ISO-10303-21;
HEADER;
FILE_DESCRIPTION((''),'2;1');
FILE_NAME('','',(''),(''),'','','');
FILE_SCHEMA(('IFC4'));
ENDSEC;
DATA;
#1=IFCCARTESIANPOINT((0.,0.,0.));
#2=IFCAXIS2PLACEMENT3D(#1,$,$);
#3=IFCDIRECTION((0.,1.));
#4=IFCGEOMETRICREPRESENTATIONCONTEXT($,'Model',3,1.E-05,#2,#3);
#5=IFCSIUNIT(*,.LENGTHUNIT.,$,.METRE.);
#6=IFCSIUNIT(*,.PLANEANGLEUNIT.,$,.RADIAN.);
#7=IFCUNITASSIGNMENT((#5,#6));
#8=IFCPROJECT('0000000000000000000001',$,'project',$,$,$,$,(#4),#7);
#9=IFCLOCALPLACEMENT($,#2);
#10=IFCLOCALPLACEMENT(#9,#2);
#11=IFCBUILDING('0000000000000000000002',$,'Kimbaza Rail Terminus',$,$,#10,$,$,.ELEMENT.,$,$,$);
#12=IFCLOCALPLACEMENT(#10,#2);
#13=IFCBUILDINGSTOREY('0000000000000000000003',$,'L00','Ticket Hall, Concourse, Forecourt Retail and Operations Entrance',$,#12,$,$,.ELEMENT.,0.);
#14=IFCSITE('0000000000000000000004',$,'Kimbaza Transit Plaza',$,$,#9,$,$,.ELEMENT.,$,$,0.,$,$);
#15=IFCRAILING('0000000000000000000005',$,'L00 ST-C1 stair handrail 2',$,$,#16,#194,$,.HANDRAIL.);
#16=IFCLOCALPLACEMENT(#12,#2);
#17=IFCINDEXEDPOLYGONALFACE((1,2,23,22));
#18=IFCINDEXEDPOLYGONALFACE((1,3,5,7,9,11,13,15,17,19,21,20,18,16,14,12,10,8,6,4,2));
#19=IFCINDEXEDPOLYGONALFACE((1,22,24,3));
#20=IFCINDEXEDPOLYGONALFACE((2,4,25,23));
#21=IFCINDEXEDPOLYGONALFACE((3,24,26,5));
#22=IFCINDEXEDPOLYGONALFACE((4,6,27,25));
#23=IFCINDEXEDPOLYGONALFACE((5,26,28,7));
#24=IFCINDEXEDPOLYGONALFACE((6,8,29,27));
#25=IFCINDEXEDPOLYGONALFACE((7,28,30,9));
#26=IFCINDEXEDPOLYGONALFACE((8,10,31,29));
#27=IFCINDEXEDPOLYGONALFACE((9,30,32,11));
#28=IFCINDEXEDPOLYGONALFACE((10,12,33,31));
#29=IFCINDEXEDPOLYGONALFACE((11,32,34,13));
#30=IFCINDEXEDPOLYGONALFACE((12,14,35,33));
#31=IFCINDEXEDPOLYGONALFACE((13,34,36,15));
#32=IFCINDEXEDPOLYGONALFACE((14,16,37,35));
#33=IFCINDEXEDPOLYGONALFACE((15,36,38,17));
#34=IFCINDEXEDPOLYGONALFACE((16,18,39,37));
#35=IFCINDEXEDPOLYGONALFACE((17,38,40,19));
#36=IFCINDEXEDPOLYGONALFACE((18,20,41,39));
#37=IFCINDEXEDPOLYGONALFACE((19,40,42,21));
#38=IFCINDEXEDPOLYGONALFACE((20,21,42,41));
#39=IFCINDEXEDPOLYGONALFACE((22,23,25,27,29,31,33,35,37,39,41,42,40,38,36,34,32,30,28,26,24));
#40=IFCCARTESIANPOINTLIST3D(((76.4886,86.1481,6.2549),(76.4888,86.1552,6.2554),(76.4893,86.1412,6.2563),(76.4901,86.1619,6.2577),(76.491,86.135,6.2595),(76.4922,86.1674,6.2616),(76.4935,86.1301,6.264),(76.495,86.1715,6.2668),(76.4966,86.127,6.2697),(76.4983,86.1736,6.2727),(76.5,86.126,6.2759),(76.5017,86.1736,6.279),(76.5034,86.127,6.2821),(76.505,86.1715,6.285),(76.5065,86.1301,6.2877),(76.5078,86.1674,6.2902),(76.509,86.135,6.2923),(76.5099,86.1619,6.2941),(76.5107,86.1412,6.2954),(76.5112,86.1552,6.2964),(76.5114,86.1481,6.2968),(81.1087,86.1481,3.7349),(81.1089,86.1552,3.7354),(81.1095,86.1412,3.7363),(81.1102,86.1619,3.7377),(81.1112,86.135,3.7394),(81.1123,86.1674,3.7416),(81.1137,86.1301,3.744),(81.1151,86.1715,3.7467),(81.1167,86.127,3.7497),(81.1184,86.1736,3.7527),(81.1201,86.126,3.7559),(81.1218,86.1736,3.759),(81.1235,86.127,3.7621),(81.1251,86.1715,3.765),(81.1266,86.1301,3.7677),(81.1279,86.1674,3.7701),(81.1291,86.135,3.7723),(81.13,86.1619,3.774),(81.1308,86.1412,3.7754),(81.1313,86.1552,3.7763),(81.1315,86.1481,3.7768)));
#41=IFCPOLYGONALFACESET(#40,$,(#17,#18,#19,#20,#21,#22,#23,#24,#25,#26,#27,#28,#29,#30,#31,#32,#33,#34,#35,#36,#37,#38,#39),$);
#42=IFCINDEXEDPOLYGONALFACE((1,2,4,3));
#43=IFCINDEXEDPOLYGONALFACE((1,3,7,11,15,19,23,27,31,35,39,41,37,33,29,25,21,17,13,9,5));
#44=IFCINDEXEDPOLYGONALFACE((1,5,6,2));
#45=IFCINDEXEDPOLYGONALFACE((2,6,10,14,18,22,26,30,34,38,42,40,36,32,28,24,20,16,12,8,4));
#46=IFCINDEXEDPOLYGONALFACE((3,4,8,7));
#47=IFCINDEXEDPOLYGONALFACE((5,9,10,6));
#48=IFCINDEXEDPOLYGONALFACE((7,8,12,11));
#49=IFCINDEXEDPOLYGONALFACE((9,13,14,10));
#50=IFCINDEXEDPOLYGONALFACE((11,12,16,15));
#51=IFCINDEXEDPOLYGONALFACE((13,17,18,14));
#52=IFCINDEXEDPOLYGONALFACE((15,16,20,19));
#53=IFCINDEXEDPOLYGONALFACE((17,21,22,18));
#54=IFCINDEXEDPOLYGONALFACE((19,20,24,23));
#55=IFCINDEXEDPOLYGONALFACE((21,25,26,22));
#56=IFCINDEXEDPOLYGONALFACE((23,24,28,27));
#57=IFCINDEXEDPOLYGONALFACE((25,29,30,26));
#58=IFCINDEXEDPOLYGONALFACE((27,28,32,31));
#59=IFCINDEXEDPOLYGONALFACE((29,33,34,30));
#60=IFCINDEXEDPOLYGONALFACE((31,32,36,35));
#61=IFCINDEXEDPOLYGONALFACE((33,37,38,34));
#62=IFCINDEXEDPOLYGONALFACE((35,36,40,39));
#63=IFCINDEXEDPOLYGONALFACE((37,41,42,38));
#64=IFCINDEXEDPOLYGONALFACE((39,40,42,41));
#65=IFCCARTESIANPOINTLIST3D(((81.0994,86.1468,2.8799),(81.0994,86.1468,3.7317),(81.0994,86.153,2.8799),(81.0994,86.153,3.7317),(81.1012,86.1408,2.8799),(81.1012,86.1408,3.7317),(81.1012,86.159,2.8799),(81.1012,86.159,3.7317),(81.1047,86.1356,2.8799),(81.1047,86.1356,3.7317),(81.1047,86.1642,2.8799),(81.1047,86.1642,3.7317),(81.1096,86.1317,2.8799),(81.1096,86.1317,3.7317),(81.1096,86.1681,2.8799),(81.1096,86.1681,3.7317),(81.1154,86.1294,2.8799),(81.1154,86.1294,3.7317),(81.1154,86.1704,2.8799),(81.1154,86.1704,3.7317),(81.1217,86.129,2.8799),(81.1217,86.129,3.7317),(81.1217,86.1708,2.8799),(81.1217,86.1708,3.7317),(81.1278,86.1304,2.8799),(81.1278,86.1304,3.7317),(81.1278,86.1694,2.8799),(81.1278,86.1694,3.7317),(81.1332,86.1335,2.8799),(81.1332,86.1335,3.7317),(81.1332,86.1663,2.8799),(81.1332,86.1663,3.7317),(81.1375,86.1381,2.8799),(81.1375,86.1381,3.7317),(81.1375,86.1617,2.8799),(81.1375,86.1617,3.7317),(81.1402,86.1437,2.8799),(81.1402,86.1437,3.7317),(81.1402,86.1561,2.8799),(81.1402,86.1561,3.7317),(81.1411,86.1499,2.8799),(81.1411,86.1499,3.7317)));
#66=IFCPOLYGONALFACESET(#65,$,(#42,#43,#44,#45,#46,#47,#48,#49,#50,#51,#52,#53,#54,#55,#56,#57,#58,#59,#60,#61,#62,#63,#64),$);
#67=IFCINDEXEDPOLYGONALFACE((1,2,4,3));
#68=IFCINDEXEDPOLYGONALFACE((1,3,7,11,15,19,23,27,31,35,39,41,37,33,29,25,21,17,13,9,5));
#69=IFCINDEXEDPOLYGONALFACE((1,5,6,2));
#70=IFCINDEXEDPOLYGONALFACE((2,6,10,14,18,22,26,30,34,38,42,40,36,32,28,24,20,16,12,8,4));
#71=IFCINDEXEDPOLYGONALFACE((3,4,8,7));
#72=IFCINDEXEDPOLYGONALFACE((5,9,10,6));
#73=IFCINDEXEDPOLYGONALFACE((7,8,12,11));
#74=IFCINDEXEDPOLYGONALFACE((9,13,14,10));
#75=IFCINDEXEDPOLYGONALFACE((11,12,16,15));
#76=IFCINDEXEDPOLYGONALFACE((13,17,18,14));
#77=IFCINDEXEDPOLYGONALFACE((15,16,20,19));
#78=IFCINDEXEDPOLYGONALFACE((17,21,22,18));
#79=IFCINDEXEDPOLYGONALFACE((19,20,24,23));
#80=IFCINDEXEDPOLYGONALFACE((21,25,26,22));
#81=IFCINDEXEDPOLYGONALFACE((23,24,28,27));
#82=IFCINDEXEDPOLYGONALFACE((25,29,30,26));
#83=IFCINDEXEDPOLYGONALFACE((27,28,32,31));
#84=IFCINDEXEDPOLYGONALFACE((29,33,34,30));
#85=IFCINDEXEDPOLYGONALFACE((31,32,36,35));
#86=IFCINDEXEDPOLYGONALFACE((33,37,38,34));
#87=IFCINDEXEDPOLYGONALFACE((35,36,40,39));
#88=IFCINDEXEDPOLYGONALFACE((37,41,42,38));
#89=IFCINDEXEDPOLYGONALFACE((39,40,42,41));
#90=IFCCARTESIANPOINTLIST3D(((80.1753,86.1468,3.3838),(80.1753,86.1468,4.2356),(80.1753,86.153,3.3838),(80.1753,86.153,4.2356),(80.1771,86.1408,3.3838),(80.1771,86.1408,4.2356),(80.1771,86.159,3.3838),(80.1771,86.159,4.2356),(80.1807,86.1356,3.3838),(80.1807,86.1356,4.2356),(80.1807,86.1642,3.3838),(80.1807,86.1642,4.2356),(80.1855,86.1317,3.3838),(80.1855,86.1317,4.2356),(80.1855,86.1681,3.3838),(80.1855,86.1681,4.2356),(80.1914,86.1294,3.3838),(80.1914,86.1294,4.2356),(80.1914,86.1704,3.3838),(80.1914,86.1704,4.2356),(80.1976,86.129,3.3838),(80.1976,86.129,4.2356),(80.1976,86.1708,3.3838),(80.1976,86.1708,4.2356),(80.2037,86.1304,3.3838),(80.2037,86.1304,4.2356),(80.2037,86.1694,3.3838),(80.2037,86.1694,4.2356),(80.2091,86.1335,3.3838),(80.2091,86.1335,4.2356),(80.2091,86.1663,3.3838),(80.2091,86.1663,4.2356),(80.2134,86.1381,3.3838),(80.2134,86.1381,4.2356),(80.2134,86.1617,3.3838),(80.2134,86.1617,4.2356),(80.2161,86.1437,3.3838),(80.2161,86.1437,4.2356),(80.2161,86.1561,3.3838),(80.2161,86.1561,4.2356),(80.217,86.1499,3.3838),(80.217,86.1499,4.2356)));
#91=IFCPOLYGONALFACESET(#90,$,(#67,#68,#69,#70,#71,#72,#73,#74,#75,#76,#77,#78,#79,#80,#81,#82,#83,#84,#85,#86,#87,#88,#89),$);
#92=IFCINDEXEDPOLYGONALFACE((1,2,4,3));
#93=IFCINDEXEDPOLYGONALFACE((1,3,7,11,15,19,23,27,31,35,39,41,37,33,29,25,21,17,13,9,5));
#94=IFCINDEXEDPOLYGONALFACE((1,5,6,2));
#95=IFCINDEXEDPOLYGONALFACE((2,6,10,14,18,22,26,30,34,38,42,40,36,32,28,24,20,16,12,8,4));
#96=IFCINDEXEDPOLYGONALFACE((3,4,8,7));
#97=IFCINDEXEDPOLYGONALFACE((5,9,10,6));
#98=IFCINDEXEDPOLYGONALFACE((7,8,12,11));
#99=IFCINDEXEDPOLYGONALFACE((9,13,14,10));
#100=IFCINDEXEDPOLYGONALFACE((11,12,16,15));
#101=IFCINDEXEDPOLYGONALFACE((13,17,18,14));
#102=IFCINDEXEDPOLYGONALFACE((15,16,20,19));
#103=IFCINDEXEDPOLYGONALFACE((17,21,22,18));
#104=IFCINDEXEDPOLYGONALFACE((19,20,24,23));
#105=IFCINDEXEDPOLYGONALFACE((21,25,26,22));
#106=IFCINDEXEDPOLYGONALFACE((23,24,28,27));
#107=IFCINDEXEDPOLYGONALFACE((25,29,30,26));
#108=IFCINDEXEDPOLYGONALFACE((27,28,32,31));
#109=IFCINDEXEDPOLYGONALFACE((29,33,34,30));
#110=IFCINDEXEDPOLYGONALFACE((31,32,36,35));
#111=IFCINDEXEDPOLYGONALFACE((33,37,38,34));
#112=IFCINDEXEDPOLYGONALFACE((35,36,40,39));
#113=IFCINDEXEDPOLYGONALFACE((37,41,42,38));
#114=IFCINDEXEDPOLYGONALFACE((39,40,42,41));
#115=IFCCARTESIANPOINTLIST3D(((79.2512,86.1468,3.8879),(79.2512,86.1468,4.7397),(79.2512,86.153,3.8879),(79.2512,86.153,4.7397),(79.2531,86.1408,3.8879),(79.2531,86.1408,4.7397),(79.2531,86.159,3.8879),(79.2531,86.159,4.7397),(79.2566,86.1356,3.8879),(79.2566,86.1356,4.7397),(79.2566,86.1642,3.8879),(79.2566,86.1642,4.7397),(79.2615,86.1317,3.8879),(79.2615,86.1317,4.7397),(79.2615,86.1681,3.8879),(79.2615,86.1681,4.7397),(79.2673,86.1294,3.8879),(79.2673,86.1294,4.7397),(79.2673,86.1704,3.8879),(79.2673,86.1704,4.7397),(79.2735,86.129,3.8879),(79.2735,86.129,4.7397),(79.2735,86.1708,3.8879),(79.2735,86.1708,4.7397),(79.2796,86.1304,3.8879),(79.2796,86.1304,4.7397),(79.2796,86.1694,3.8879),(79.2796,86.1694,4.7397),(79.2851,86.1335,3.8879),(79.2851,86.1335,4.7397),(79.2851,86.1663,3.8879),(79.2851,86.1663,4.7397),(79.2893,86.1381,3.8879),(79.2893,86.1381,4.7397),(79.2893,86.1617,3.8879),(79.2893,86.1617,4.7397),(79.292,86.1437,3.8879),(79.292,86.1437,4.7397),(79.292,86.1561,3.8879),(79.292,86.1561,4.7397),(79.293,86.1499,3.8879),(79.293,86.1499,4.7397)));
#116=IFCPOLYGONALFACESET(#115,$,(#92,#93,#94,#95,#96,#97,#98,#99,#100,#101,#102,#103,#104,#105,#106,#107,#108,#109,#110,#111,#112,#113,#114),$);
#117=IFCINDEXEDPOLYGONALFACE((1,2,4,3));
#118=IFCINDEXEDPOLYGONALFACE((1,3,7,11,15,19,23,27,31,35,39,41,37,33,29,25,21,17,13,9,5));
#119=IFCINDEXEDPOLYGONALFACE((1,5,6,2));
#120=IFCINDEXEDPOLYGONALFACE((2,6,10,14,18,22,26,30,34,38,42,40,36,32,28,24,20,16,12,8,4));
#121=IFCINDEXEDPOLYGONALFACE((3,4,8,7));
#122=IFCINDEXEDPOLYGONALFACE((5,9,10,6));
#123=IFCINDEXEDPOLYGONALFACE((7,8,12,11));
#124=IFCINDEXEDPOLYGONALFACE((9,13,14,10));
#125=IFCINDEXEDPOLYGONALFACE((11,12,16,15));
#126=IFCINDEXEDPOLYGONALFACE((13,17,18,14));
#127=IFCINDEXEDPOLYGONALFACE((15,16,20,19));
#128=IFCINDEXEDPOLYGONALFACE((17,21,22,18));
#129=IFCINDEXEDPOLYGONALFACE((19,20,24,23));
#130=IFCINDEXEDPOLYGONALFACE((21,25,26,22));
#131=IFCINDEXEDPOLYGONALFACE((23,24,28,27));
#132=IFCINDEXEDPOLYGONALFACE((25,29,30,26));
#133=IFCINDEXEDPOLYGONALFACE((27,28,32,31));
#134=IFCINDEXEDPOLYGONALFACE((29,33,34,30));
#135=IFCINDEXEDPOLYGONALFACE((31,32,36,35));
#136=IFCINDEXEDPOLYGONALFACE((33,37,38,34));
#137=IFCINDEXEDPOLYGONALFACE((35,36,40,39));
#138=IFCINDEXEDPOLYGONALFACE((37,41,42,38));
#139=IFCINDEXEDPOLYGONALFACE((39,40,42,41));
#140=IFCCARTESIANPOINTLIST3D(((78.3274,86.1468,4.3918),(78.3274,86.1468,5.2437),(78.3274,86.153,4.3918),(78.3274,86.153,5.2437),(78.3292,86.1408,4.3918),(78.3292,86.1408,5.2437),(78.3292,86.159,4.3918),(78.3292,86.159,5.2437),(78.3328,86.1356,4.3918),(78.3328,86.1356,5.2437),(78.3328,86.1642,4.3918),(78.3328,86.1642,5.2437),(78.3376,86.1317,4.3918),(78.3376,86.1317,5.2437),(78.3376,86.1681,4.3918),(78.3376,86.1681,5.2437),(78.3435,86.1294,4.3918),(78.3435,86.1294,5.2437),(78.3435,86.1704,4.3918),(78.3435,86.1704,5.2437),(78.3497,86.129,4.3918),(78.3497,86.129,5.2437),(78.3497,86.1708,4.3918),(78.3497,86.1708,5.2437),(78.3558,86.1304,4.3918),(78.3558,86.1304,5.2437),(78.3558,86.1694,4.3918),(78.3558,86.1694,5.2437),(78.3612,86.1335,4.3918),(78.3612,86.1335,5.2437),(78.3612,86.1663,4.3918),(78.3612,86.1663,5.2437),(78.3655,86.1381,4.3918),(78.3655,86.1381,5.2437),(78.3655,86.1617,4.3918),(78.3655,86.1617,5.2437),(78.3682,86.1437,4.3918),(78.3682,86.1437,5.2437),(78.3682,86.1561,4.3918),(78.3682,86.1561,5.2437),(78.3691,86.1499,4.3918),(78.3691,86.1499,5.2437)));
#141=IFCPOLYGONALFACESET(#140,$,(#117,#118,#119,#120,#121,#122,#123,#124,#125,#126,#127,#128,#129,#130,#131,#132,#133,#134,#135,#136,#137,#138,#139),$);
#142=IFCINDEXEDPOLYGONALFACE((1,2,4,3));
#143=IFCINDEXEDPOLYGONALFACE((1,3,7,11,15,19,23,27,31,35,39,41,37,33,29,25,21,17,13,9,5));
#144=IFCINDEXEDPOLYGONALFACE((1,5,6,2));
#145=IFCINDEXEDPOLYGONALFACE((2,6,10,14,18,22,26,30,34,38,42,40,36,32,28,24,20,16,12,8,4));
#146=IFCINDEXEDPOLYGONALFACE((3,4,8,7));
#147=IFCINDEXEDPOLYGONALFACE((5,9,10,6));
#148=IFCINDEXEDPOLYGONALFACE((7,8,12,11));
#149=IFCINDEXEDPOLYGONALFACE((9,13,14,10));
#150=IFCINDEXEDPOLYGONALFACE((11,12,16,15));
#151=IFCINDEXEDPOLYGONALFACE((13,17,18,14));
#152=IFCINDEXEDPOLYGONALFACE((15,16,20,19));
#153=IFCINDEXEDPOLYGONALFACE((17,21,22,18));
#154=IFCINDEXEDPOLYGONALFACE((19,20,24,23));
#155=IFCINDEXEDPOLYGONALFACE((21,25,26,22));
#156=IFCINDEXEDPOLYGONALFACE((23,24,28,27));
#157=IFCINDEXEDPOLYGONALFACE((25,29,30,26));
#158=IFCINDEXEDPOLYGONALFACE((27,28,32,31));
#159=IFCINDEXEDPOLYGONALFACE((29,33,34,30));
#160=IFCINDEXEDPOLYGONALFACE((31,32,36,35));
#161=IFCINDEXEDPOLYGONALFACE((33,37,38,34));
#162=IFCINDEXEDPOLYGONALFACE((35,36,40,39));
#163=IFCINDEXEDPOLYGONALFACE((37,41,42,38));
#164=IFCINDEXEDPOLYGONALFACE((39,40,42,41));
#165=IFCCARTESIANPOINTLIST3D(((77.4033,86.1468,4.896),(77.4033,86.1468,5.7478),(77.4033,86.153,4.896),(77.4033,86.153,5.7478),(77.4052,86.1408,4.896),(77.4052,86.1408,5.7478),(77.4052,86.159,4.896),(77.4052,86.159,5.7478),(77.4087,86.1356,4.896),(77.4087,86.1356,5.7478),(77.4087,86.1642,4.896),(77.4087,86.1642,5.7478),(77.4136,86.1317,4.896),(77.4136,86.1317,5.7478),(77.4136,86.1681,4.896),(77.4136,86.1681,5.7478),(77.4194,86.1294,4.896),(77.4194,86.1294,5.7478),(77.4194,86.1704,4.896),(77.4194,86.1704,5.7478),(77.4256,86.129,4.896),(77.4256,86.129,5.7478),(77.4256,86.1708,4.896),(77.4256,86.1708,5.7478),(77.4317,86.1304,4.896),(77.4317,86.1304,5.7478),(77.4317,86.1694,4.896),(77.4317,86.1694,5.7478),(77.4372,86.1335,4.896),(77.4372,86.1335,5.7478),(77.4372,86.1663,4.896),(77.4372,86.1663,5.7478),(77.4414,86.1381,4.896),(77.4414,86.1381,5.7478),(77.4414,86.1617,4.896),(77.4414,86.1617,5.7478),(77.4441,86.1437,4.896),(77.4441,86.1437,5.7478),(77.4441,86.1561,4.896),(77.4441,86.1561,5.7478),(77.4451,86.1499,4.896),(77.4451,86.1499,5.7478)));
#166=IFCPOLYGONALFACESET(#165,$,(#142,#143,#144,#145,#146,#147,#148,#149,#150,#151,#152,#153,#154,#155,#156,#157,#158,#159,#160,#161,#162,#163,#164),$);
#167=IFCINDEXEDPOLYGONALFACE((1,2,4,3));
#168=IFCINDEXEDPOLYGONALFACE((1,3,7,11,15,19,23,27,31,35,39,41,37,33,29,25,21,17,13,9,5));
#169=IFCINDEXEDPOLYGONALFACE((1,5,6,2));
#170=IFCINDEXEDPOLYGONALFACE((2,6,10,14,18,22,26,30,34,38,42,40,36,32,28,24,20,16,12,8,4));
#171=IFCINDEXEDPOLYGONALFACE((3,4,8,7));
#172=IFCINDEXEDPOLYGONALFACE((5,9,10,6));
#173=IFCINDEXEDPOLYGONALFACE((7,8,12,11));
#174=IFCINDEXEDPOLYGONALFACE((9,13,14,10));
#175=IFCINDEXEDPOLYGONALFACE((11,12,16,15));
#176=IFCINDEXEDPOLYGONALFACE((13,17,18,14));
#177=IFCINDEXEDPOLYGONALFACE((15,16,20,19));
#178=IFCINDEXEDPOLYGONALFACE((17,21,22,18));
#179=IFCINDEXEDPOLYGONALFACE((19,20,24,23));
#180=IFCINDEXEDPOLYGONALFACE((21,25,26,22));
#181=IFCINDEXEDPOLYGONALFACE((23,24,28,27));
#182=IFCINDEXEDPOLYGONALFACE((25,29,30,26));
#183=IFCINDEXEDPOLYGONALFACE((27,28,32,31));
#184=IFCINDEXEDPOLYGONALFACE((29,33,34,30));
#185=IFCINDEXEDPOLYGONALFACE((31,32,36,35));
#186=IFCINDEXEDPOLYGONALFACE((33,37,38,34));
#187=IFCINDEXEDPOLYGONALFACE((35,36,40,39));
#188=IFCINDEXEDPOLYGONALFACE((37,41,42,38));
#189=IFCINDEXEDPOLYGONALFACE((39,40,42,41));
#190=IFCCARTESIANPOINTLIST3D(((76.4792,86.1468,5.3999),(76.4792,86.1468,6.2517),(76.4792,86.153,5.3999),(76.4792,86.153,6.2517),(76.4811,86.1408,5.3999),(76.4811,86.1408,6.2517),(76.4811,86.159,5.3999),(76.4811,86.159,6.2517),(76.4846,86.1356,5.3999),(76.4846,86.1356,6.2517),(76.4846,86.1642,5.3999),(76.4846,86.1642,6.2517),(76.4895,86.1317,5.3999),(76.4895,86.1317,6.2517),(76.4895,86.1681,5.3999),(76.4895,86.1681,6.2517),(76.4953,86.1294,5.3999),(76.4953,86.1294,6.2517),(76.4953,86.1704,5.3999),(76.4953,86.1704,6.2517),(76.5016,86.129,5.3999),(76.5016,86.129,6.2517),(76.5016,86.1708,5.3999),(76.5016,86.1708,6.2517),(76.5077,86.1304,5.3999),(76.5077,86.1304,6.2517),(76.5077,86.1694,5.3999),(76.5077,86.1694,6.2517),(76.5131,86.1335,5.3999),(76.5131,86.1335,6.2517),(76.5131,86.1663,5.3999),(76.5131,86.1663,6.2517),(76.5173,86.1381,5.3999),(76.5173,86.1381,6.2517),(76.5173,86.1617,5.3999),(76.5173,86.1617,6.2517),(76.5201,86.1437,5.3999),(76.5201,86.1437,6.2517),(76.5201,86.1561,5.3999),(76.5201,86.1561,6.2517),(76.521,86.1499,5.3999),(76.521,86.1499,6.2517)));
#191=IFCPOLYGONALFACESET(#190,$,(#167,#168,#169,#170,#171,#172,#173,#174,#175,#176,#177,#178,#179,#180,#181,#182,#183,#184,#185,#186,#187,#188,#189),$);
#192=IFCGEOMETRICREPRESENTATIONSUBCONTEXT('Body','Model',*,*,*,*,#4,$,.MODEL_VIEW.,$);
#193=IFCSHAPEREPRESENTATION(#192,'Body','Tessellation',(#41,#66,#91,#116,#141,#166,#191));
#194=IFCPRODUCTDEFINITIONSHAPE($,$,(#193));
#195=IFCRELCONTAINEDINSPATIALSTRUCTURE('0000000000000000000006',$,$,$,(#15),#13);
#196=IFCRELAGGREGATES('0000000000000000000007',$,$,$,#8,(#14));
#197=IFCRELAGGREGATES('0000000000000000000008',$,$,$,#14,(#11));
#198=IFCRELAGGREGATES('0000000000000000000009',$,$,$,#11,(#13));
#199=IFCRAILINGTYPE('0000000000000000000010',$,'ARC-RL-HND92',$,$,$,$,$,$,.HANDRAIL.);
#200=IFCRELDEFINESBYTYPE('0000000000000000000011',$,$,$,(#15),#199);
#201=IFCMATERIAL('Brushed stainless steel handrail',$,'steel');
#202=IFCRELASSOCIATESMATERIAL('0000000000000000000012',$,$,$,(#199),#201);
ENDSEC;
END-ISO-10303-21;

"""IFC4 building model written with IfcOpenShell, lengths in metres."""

from ifc_helpers import new_model, si_unit, direction, frame, origin, origin_2d, place, context, subcontext, project, spatial, circle, extrude, material, type_object, element, save


model = new_model("IFC4")

# Units and contexts
model_context = context("Model", 3, precision=1e-05, world=origin(), true_north=direction((0.0, 1.0)))
body_context = subcontext(model_context, "Body", "Model", "MODEL_VIEW")
ifc_project = project(units=[si_unit("LENGTHUNIT", "METRE"), si_unit("PLANEANGLEUNIT", "RADIAN")], contexts=[model_context])

# Site, building, storey
site_placement = place(None, origin())
site = spatial("IfcSite", under=ifc_project, at=site_placement, Name="Kimbaza Transit Plaza", CompositionType="ELEMENT", RefElevation=0.0)
building_placement = place(site_placement, origin())
building = spatial("IfcBuilding", under=site, at=building_placement, Name="Kimbaza Rail Terminus", CompositionType="ELEMENT")
storey_placement = place(building_placement, origin())
storey = spatial("IfcBuildingStorey", under=building, at=storey_placement, Name="L00", Description="Ticket Hall, Concourse, Forecourt Retail and Operations Entrance", CompositionType="ELEMENT", Elevation=0.0)

# Railing
ifc_material_1 = material(Name="Brushed stainless steel handrail", Category="steel")
railing_type_1 = type_object("IfcRailingType", Name="ARC-RL-HND92", PredefinedType="HANDRAIL", material=ifc_material_1)
railing_1_placement = place(storey_placement, frame((81.1201, 86.1499, 2.8799)))
element("IfcRailing", 1, at=railing_1_placement, inside=storey, type_object=railing_type_1, Name="L00 ST-C1 stair handrail 2", PredefinedType="HANDRAIL", context=body_context, shape_type="SweptSolid", body=[
    extrude(circle(Radius=0.0239, at=origin_2d()), frame((0.0, 0.0, 0.876), z_axis=(-0.877899, 0.0, 0.478846), x_axis=(0.0, -1.0, 0.0)), (0.0, 0.0, 1.0), 5.2627),
    extrude(circle(Radius=0.021, at=origin_2d()), origin(), (0.0, 0.0, 1.0), 0.8518),
    extrude(circle(Radius=0.021, at=origin_2d()), frame((-0.9241, 0.0, 0.5039)), (0.0, 0.0, 1.0), 0.8518),
    extrude(circle(Radius=0.021, at=origin_2d()), frame((-1.8481, 0.0, 1.0081)), (0.0, 0.0, 1.0), 0.8518),
    extrude(circle(Radius=0.021, at=origin_2d()), frame((-2.772, 0.0, 1.512)), (0.0, 0.0, 1.0), 0.8518),
    extrude(circle(Radius=0.021, at=origin_2d()), frame((-3.696, 0.0, 2.0161)), (0.0, 0.0, 1.0), 0.8518),
    extrude(circle(Radius=0.021, at=origin_2d()), frame((-4.6201, 0.0, 2.52)), (0.0, 0.0, 1.0), 0.8518),
])

save(model, "model.ifc")
